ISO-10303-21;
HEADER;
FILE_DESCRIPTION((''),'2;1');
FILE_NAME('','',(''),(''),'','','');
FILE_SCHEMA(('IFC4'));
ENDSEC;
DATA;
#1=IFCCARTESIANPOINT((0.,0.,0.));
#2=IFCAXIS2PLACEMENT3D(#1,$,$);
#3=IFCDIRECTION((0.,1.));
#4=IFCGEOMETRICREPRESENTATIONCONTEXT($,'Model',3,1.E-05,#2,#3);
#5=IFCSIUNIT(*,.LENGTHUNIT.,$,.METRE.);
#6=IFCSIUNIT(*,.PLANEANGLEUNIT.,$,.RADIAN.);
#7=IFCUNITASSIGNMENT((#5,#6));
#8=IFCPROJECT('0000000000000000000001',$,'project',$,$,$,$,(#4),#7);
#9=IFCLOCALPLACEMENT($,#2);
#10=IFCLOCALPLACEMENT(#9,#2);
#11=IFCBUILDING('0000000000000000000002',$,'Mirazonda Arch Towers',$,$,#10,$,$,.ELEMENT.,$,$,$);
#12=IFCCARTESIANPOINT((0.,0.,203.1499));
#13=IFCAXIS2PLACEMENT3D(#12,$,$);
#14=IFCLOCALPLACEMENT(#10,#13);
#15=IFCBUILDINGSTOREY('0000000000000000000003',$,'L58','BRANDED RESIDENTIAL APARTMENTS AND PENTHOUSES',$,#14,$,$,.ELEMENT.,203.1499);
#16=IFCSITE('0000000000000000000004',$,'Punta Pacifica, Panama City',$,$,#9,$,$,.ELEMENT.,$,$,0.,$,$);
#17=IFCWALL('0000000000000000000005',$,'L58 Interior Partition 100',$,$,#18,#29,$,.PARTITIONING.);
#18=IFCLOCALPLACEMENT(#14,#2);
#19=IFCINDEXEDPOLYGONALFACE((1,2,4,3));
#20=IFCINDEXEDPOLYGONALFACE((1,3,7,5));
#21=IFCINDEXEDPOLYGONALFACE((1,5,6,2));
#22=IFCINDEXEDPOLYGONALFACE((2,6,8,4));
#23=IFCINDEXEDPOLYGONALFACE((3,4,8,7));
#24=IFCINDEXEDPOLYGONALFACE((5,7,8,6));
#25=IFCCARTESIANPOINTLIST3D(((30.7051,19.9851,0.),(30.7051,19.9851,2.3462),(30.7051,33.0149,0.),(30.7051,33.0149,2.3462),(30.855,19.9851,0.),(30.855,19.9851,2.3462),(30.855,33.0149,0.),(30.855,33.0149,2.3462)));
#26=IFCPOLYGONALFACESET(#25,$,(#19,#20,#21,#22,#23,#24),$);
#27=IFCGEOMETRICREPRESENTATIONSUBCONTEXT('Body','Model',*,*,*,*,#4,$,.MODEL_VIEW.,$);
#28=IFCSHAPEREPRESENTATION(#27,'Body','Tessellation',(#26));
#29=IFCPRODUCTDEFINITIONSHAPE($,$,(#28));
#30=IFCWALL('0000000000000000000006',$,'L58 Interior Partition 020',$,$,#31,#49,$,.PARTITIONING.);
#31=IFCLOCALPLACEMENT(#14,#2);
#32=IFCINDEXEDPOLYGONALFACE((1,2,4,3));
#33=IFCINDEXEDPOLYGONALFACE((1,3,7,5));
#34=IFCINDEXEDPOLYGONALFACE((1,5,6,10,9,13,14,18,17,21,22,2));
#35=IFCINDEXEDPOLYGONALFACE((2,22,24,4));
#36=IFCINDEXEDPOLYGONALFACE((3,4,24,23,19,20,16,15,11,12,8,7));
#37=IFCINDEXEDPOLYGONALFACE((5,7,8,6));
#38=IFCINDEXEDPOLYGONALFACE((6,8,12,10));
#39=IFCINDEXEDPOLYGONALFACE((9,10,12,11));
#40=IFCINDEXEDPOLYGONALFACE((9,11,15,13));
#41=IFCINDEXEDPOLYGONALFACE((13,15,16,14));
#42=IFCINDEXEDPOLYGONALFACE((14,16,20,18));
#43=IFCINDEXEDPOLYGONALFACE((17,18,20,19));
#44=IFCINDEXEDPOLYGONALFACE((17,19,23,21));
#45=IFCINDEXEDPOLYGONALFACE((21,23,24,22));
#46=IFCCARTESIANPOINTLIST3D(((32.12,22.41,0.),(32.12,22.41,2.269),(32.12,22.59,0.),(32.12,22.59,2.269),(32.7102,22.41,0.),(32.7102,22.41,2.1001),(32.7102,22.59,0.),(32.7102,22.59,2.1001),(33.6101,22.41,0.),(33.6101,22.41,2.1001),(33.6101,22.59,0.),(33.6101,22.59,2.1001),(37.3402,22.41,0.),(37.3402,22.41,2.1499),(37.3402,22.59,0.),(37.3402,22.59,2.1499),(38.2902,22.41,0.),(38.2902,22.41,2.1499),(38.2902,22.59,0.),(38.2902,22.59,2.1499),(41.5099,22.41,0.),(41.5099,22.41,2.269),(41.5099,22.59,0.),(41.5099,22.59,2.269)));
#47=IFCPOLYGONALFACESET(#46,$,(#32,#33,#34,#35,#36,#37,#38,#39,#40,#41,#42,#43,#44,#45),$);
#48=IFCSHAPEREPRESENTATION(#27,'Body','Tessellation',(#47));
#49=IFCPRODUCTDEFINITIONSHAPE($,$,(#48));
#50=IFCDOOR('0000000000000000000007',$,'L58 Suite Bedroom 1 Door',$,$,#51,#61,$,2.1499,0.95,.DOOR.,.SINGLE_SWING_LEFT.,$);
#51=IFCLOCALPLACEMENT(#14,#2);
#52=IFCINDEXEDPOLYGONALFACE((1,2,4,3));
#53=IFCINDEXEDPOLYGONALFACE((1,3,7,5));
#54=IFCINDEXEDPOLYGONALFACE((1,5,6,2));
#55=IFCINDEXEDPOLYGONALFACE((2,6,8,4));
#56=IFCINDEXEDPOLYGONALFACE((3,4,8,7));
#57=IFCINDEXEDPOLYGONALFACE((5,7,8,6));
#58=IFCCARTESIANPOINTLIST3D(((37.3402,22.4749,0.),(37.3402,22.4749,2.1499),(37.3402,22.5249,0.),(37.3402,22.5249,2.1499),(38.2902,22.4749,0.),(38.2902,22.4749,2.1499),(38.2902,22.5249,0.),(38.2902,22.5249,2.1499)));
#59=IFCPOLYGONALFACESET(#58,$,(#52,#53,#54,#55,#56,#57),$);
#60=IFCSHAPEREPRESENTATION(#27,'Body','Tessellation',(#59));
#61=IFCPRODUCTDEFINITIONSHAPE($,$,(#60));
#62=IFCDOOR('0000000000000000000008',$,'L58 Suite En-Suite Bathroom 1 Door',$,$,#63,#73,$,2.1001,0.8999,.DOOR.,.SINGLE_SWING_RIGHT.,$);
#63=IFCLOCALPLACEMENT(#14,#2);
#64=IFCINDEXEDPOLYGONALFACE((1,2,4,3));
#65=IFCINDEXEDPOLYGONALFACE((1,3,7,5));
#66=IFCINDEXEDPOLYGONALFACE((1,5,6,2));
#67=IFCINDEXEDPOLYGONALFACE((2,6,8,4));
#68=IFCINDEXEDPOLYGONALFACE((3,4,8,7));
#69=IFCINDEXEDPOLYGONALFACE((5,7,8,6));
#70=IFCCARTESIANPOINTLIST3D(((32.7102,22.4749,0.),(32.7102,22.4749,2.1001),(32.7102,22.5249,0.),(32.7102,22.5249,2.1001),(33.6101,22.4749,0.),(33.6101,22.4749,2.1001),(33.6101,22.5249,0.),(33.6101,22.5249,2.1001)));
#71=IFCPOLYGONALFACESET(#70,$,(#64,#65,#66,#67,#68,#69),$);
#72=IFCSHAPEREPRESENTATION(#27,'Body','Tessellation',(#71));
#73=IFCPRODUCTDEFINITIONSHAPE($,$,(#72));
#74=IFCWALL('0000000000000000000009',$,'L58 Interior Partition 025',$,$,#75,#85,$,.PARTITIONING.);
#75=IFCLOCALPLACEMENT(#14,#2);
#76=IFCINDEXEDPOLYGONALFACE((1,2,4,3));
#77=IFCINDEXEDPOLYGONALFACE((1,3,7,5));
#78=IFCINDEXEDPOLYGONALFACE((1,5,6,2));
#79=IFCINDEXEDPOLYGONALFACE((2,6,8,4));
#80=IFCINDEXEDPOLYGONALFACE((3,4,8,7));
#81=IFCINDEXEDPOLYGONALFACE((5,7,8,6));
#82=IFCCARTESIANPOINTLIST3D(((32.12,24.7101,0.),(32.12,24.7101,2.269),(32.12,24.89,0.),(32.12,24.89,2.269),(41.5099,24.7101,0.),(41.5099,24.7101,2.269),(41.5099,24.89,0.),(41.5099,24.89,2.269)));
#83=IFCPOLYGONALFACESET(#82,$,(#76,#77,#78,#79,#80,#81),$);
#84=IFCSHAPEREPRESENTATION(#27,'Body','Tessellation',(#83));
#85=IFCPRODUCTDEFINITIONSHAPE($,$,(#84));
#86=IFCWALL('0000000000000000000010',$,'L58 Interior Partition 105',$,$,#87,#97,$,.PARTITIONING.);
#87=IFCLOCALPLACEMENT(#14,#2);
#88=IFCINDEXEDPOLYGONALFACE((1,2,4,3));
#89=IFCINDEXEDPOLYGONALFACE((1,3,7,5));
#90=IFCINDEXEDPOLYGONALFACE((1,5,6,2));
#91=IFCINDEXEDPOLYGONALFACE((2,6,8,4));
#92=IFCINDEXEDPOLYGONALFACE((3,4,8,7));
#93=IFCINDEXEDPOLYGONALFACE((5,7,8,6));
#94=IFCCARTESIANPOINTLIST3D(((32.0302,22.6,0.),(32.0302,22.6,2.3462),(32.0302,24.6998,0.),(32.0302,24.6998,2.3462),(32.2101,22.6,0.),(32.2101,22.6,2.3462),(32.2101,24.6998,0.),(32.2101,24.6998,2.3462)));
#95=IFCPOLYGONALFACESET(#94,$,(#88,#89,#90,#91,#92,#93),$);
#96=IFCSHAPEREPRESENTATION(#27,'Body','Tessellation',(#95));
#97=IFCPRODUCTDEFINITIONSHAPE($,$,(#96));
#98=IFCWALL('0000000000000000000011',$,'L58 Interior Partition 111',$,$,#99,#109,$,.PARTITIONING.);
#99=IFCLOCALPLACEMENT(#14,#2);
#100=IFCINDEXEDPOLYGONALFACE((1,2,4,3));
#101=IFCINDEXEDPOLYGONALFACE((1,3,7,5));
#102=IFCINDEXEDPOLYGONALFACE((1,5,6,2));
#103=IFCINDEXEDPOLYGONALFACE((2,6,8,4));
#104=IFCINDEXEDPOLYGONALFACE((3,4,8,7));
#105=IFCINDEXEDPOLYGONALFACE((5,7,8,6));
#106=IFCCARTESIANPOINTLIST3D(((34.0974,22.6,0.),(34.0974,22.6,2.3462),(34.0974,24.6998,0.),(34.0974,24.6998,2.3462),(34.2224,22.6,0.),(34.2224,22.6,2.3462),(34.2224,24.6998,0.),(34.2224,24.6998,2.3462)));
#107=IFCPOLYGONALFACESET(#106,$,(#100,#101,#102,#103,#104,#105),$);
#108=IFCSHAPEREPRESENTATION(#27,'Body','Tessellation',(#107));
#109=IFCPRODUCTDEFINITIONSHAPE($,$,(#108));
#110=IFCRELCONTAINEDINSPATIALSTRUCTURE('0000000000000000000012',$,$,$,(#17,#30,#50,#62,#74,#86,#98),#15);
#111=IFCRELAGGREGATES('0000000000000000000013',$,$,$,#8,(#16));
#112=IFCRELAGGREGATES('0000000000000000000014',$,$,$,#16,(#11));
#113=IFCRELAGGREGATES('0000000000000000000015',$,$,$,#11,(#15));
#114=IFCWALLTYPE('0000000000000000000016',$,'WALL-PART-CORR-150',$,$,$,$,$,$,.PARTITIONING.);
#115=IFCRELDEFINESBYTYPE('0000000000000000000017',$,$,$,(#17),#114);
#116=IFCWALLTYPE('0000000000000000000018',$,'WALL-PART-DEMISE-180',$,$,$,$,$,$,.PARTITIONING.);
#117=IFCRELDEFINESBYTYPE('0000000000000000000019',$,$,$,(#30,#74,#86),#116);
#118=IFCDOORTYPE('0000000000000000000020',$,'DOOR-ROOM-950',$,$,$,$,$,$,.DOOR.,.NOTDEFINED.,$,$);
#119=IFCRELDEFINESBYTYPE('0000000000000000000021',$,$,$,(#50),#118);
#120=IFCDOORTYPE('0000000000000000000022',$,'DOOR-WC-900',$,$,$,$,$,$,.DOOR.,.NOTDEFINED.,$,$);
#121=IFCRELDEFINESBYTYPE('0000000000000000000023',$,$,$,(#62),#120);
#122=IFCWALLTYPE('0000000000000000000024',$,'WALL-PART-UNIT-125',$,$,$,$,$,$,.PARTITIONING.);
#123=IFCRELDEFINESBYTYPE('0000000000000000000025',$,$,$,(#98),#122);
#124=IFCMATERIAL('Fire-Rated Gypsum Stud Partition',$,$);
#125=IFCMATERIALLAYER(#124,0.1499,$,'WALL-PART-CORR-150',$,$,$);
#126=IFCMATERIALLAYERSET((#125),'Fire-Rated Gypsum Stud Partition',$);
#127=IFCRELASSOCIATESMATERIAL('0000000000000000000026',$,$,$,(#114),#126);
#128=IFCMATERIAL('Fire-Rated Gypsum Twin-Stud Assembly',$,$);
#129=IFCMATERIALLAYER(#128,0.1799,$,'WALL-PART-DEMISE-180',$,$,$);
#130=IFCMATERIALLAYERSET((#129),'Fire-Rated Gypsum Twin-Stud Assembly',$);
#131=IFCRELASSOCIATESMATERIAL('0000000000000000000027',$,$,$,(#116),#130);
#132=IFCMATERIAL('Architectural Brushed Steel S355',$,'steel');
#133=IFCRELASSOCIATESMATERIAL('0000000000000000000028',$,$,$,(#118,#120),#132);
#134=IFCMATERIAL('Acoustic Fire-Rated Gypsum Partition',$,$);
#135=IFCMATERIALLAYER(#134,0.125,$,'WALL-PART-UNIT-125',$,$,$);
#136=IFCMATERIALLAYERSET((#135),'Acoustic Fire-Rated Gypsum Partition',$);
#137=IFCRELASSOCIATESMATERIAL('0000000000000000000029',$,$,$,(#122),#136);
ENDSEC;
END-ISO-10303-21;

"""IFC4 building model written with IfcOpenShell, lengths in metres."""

from ifc_helpers import new_model, si_unit, direction, frame, frame_2d, origin, place, context, subcontext, project, spatial, rectangle, extrude, material, layer, layer_set, type_object, element, fill, save


model = new_model("IFC4")

# Units and contexts
model_context = context("Model", 3, precision=1e-05, world=origin(), true_north=direction((0.0, 1.0)))
body_context = subcontext(model_context, "Body", "Model", "MODEL_VIEW")
ifc_project = project(units=[si_unit("LENGTHUNIT", "METRE"), si_unit("PLANEANGLEUNIT", "RADIAN")], contexts=[model_context])

# Site, building, storey
site_placement = place(None, origin())
site = spatial("IfcSite", under=ifc_project, at=site_placement, Name="Punta Pacifica, Panama City", CompositionType="ELEMENT", RefElevation=0.0)
building_placement = place(site_placement, origin())
building = spatial("IfcBuilding", under=site, at=building_placement, Name="Mirazonda Arch Towers", CompositionType="ELEMENT")
storey_placement = place(building_placement, frame((0.0, 0.0, 203.1499)))
storey = spatial("IfcBuildingStorey", under=building, at=storey_placement, Name="L58", Description="BRANDED RESIDENTIAL APARTMENTS AND PENTHOUSES", CompositionType="ELEMENT", Elevation=203.1499)

# Wall
ifc_material_1 = material(Name="Fire-Rated Gypsum Stud Partition")
ifc_layer_1 = layer(ifc_material_1, 0.1499, Name="WALL-PART-CORR-150")
ifc_layer_set_1 = layer_set([ifc_layer_1], Name="Fire-Rated Gypsum Stud Partition")
wall_type_1 = type_object("IfcWallType", Name="WALL-PART-CORR-150", PredefinedType="PARTITIONING", material=ifc_layer_set_1)
wall_1_placement = place(storey_placement, frame((30.78, 19.9851, 0.0), z_axis=(0.0, 0.0, 1.0), x_axis=(0.0, 1.0, 0.0)))
element("IfcWall", 1, at=wall_1_placement, inside=storey, type_object=wall_type_1, Name="L58 Interior Partition 100", PredefinedType="PARTITIONING", context=body_context, shape_type="SweptSolid", body=[
    extrude(rectangle(XDim=13.0298, YDim=0.1499, at=frame_2d((6.5149, 0.0))), origin(), (0.0, 0.0, 1.0), 2.3462),
])

# Wall, openings, doors
ifc_material_2 = material(Name="Fire-Rated Gypsum Twin-Stud Assembly")
ifc_layer_2 = layer(ifc_material_2, 0.1799, Name="WALL-PART-DEMISE-180")
ifc_layer_set_2 = layer_set([ifc_layer_2], Name="Fire-Rated Gypsum Twin-Stud Assembly")
wall_type_2 = type_object("IfcWallType", Name="WALL-PART-DEMISE-180", PredefinedType="PARTITIONING", material=ifc_layer_set_2)
wall_2_placement = place(storey_placement, frame((32.1201, 22.5, 0.0), z_axis=(0.0, 0.0, 1.0), x_axis=(1.0, 0.0, 0.0)))
wall_2 = element("IfcWall", 2, at=wall_2_placement, inside=storey, type_object=wall_type_2, Name="L58 Interior Partition 020", PredefinedType="PARTITIONING", context=body_context, shape_type="SweptSolid", body=[
    extrude(rectangle(XDim=9.3899, YDim=0.1799, at=frame_2d((4.6948, 0.0))), origin(), (0.0, 0.0, 1.0), 2.269),
])
opening_1_placement = place(wall_2_placement, frame((5.22, 0.0, 0.0)))
opening_1 = element("IfcOpeningElement", 3, at=opening_1_placement, cuts=wall_2, PredefinedType="OPENING", context=body_context, shape_type="SweptSolid", body=[
    extrude(rectangle(XDim=0.95, YDim=2.1499, at=frame_2d((0.4751, 1.075))), frame((0.0, 0.0999, 0.0), z_axis=(0.0, -1.0, 0.0), x_axis=(1.0, 0.0, 0.0)), (0.0, 0.0, 1.0), 0.2),
])
opening_2_placement = place(wall_2_placement, frame((0.5901, 0.0, 0.0)))
opening_2 = element("IfcOpeningElement", 4, at=opening_2_placement, cuts=wall_2, PredefinedType="OPENING", context=body_context, shape_type="SweptSolid", body=[
    extrude(rectangle(XDim=0.8999, YDim=2.1001, at=frame_2d((0.45, 1.05))), frame((0.0, 0.0999, 0.0), z_axis=(0.0, -1.0, 0.0), x_axis=(1.0, 0.0, 0.0)), (0.0, 0.0, 1.0), 0.2),
])
ifc_material_3 = material(Name="Architectural Brushed Steel S355", Category="steel")
door_type_1 = type_object("IfcDoorType", Name="DOOR-ROOM-950", OperationType="NOTDEFINED", PredefinedType="DOOR", material=ifc_material_3)
door_1_placement = place(opening_1_placement, origin())
door_1 = element("IfcDoor", 5, at=door_1_placement, inside=storey, type_object=door_type_1, Name="L58 Suite Bedroom 1 Door", OperationType="SINGLE_SWING_LEFT", OverallHeight=2.1499, OverallWidth=0.95, PredefinedType="DOOR", context=body_context, shape_type="SweptSolid", body=[
    extrude(rectangle(XDim=0.95, YDim=2.1499, at=frame_2d((0.4751, 1.075))), frame((0.0, 0.0249, 0.0), z_axis=(0.0, -1.0, 0.0), x_axis=(1.0, 0.0, 0.0)), (0.0, 0.0, 1.0), 0.05),
])
fill(opening_1, door_1)
door_type_2 = type_object("IfcDoorType", Name="DOOR-WC-900", OperationType="NOTDEFINED", PredefinedType="DOOR", material=ifc_material_3)
door_2_placement = place(opening_2_placement, origin())
door_2 = element("IfcDoor", 6, at=door_2_placement, inside=storey, type_object=door_type_2, Name="L58 Suite En-Suite Bathroom 1 Door", OperationType="SINGLE_SWING_RIGHT", OverallHeight=2.1001, OverallWidth=0.8999, PredefinedType="DOOR", context=body_context, shape_type="SweptSolid", body=[
    extrude(rectangle(XDim=0.8999, YDim=2.1001, at=frame_2d((0.45, 1.05))), frame((0.0, 0.0249, 0.0), z_axis=(0.0, -1.0, 0.0), x_axis=(1.0, 0.0, 0.0)), (0.0, 0.0, 1.0), 0.05),
])
fill(opening_2, door_2)

# Walls
wall_3_placement = place(storey_placement, frame((32.1201, 24.8, 0.0), z_axis=(0.0, 0.0, 1.0), x_axis=(1.0, 0.0, 0.0)))
element("IfcWall", 7, at=wall_3_placement, inside=storey, type_object=wall_type_2, Name="L58 Interior Partition 025", PredefinedType="PARTITIONING", context=body_context, shape_type="SweptSolid", body=[
    extrude(rectangle(XDim=9.3899, YDim=0.1799, at=frame_2d((4.6948, 0.0))), origin(), (0.0, 0.0, 1.0), 2.269),
])
wall_4_placement = place(storey_placement, frame((32.1201, 22.6001, 0.0), z_axis=(0.0, 0.0, 1.0), x_axis=(0.0, 1.0, 0.0)))
element("IfcWall", 8, at=wall_4_placement, inside=storey, type_object=wall_type_2, Name="L58 Interior Partition 105", PredefinedType="PARTITIONING", context=body_context, shape_type="SweptSolid", body=[
    extrude(rectangle(XDim=2.0999, YDim=0.1799, at=frame_2d((1.0498, 0.0))), origin(), (0.0, 0.0, 1.0), 2.3462),
])
ifc_material_4 = material(Name="Acoustic Fire-Rated Gypsum Partition")
ifc_layer_3 = layer(ifc_material_4, 0.125, Name="WALL-PART-UNIT-125")
ifc_layer_set_3 = layer_set([ifc_layer_3], Name="Acoustic Fire-Rated Gypsum Partition")
wall_type_3 = type_object("IfcWallType", Name="WALL-PART-UNIT-125", PredefinedType="PARTITIONING", material=ifc_layer_set_3)
wall_5_placement = place(storey_placement, frame((34.1599, 22.6001, 0.0), z_axis=(0.0, 0.0, 1.0), x_axis=(0.0, 1.0, 0.0)))
element("IfcWall", 9, at=wall_5_placement, inside=storey, type_object=wall_type_3, Name="L58 Interior Partition 111", PredefinedType="PARTITIONING", context=body_context, shape_type="SweptSolid", body=[
    extrude(rectangle(XDim=2.0999, YDim=0.125, at=frame_2d((1.0498, 0.0))), origin(), (0.0, 0.0, 1.0), 2.3462),
])

save(model, "model.ifc")
